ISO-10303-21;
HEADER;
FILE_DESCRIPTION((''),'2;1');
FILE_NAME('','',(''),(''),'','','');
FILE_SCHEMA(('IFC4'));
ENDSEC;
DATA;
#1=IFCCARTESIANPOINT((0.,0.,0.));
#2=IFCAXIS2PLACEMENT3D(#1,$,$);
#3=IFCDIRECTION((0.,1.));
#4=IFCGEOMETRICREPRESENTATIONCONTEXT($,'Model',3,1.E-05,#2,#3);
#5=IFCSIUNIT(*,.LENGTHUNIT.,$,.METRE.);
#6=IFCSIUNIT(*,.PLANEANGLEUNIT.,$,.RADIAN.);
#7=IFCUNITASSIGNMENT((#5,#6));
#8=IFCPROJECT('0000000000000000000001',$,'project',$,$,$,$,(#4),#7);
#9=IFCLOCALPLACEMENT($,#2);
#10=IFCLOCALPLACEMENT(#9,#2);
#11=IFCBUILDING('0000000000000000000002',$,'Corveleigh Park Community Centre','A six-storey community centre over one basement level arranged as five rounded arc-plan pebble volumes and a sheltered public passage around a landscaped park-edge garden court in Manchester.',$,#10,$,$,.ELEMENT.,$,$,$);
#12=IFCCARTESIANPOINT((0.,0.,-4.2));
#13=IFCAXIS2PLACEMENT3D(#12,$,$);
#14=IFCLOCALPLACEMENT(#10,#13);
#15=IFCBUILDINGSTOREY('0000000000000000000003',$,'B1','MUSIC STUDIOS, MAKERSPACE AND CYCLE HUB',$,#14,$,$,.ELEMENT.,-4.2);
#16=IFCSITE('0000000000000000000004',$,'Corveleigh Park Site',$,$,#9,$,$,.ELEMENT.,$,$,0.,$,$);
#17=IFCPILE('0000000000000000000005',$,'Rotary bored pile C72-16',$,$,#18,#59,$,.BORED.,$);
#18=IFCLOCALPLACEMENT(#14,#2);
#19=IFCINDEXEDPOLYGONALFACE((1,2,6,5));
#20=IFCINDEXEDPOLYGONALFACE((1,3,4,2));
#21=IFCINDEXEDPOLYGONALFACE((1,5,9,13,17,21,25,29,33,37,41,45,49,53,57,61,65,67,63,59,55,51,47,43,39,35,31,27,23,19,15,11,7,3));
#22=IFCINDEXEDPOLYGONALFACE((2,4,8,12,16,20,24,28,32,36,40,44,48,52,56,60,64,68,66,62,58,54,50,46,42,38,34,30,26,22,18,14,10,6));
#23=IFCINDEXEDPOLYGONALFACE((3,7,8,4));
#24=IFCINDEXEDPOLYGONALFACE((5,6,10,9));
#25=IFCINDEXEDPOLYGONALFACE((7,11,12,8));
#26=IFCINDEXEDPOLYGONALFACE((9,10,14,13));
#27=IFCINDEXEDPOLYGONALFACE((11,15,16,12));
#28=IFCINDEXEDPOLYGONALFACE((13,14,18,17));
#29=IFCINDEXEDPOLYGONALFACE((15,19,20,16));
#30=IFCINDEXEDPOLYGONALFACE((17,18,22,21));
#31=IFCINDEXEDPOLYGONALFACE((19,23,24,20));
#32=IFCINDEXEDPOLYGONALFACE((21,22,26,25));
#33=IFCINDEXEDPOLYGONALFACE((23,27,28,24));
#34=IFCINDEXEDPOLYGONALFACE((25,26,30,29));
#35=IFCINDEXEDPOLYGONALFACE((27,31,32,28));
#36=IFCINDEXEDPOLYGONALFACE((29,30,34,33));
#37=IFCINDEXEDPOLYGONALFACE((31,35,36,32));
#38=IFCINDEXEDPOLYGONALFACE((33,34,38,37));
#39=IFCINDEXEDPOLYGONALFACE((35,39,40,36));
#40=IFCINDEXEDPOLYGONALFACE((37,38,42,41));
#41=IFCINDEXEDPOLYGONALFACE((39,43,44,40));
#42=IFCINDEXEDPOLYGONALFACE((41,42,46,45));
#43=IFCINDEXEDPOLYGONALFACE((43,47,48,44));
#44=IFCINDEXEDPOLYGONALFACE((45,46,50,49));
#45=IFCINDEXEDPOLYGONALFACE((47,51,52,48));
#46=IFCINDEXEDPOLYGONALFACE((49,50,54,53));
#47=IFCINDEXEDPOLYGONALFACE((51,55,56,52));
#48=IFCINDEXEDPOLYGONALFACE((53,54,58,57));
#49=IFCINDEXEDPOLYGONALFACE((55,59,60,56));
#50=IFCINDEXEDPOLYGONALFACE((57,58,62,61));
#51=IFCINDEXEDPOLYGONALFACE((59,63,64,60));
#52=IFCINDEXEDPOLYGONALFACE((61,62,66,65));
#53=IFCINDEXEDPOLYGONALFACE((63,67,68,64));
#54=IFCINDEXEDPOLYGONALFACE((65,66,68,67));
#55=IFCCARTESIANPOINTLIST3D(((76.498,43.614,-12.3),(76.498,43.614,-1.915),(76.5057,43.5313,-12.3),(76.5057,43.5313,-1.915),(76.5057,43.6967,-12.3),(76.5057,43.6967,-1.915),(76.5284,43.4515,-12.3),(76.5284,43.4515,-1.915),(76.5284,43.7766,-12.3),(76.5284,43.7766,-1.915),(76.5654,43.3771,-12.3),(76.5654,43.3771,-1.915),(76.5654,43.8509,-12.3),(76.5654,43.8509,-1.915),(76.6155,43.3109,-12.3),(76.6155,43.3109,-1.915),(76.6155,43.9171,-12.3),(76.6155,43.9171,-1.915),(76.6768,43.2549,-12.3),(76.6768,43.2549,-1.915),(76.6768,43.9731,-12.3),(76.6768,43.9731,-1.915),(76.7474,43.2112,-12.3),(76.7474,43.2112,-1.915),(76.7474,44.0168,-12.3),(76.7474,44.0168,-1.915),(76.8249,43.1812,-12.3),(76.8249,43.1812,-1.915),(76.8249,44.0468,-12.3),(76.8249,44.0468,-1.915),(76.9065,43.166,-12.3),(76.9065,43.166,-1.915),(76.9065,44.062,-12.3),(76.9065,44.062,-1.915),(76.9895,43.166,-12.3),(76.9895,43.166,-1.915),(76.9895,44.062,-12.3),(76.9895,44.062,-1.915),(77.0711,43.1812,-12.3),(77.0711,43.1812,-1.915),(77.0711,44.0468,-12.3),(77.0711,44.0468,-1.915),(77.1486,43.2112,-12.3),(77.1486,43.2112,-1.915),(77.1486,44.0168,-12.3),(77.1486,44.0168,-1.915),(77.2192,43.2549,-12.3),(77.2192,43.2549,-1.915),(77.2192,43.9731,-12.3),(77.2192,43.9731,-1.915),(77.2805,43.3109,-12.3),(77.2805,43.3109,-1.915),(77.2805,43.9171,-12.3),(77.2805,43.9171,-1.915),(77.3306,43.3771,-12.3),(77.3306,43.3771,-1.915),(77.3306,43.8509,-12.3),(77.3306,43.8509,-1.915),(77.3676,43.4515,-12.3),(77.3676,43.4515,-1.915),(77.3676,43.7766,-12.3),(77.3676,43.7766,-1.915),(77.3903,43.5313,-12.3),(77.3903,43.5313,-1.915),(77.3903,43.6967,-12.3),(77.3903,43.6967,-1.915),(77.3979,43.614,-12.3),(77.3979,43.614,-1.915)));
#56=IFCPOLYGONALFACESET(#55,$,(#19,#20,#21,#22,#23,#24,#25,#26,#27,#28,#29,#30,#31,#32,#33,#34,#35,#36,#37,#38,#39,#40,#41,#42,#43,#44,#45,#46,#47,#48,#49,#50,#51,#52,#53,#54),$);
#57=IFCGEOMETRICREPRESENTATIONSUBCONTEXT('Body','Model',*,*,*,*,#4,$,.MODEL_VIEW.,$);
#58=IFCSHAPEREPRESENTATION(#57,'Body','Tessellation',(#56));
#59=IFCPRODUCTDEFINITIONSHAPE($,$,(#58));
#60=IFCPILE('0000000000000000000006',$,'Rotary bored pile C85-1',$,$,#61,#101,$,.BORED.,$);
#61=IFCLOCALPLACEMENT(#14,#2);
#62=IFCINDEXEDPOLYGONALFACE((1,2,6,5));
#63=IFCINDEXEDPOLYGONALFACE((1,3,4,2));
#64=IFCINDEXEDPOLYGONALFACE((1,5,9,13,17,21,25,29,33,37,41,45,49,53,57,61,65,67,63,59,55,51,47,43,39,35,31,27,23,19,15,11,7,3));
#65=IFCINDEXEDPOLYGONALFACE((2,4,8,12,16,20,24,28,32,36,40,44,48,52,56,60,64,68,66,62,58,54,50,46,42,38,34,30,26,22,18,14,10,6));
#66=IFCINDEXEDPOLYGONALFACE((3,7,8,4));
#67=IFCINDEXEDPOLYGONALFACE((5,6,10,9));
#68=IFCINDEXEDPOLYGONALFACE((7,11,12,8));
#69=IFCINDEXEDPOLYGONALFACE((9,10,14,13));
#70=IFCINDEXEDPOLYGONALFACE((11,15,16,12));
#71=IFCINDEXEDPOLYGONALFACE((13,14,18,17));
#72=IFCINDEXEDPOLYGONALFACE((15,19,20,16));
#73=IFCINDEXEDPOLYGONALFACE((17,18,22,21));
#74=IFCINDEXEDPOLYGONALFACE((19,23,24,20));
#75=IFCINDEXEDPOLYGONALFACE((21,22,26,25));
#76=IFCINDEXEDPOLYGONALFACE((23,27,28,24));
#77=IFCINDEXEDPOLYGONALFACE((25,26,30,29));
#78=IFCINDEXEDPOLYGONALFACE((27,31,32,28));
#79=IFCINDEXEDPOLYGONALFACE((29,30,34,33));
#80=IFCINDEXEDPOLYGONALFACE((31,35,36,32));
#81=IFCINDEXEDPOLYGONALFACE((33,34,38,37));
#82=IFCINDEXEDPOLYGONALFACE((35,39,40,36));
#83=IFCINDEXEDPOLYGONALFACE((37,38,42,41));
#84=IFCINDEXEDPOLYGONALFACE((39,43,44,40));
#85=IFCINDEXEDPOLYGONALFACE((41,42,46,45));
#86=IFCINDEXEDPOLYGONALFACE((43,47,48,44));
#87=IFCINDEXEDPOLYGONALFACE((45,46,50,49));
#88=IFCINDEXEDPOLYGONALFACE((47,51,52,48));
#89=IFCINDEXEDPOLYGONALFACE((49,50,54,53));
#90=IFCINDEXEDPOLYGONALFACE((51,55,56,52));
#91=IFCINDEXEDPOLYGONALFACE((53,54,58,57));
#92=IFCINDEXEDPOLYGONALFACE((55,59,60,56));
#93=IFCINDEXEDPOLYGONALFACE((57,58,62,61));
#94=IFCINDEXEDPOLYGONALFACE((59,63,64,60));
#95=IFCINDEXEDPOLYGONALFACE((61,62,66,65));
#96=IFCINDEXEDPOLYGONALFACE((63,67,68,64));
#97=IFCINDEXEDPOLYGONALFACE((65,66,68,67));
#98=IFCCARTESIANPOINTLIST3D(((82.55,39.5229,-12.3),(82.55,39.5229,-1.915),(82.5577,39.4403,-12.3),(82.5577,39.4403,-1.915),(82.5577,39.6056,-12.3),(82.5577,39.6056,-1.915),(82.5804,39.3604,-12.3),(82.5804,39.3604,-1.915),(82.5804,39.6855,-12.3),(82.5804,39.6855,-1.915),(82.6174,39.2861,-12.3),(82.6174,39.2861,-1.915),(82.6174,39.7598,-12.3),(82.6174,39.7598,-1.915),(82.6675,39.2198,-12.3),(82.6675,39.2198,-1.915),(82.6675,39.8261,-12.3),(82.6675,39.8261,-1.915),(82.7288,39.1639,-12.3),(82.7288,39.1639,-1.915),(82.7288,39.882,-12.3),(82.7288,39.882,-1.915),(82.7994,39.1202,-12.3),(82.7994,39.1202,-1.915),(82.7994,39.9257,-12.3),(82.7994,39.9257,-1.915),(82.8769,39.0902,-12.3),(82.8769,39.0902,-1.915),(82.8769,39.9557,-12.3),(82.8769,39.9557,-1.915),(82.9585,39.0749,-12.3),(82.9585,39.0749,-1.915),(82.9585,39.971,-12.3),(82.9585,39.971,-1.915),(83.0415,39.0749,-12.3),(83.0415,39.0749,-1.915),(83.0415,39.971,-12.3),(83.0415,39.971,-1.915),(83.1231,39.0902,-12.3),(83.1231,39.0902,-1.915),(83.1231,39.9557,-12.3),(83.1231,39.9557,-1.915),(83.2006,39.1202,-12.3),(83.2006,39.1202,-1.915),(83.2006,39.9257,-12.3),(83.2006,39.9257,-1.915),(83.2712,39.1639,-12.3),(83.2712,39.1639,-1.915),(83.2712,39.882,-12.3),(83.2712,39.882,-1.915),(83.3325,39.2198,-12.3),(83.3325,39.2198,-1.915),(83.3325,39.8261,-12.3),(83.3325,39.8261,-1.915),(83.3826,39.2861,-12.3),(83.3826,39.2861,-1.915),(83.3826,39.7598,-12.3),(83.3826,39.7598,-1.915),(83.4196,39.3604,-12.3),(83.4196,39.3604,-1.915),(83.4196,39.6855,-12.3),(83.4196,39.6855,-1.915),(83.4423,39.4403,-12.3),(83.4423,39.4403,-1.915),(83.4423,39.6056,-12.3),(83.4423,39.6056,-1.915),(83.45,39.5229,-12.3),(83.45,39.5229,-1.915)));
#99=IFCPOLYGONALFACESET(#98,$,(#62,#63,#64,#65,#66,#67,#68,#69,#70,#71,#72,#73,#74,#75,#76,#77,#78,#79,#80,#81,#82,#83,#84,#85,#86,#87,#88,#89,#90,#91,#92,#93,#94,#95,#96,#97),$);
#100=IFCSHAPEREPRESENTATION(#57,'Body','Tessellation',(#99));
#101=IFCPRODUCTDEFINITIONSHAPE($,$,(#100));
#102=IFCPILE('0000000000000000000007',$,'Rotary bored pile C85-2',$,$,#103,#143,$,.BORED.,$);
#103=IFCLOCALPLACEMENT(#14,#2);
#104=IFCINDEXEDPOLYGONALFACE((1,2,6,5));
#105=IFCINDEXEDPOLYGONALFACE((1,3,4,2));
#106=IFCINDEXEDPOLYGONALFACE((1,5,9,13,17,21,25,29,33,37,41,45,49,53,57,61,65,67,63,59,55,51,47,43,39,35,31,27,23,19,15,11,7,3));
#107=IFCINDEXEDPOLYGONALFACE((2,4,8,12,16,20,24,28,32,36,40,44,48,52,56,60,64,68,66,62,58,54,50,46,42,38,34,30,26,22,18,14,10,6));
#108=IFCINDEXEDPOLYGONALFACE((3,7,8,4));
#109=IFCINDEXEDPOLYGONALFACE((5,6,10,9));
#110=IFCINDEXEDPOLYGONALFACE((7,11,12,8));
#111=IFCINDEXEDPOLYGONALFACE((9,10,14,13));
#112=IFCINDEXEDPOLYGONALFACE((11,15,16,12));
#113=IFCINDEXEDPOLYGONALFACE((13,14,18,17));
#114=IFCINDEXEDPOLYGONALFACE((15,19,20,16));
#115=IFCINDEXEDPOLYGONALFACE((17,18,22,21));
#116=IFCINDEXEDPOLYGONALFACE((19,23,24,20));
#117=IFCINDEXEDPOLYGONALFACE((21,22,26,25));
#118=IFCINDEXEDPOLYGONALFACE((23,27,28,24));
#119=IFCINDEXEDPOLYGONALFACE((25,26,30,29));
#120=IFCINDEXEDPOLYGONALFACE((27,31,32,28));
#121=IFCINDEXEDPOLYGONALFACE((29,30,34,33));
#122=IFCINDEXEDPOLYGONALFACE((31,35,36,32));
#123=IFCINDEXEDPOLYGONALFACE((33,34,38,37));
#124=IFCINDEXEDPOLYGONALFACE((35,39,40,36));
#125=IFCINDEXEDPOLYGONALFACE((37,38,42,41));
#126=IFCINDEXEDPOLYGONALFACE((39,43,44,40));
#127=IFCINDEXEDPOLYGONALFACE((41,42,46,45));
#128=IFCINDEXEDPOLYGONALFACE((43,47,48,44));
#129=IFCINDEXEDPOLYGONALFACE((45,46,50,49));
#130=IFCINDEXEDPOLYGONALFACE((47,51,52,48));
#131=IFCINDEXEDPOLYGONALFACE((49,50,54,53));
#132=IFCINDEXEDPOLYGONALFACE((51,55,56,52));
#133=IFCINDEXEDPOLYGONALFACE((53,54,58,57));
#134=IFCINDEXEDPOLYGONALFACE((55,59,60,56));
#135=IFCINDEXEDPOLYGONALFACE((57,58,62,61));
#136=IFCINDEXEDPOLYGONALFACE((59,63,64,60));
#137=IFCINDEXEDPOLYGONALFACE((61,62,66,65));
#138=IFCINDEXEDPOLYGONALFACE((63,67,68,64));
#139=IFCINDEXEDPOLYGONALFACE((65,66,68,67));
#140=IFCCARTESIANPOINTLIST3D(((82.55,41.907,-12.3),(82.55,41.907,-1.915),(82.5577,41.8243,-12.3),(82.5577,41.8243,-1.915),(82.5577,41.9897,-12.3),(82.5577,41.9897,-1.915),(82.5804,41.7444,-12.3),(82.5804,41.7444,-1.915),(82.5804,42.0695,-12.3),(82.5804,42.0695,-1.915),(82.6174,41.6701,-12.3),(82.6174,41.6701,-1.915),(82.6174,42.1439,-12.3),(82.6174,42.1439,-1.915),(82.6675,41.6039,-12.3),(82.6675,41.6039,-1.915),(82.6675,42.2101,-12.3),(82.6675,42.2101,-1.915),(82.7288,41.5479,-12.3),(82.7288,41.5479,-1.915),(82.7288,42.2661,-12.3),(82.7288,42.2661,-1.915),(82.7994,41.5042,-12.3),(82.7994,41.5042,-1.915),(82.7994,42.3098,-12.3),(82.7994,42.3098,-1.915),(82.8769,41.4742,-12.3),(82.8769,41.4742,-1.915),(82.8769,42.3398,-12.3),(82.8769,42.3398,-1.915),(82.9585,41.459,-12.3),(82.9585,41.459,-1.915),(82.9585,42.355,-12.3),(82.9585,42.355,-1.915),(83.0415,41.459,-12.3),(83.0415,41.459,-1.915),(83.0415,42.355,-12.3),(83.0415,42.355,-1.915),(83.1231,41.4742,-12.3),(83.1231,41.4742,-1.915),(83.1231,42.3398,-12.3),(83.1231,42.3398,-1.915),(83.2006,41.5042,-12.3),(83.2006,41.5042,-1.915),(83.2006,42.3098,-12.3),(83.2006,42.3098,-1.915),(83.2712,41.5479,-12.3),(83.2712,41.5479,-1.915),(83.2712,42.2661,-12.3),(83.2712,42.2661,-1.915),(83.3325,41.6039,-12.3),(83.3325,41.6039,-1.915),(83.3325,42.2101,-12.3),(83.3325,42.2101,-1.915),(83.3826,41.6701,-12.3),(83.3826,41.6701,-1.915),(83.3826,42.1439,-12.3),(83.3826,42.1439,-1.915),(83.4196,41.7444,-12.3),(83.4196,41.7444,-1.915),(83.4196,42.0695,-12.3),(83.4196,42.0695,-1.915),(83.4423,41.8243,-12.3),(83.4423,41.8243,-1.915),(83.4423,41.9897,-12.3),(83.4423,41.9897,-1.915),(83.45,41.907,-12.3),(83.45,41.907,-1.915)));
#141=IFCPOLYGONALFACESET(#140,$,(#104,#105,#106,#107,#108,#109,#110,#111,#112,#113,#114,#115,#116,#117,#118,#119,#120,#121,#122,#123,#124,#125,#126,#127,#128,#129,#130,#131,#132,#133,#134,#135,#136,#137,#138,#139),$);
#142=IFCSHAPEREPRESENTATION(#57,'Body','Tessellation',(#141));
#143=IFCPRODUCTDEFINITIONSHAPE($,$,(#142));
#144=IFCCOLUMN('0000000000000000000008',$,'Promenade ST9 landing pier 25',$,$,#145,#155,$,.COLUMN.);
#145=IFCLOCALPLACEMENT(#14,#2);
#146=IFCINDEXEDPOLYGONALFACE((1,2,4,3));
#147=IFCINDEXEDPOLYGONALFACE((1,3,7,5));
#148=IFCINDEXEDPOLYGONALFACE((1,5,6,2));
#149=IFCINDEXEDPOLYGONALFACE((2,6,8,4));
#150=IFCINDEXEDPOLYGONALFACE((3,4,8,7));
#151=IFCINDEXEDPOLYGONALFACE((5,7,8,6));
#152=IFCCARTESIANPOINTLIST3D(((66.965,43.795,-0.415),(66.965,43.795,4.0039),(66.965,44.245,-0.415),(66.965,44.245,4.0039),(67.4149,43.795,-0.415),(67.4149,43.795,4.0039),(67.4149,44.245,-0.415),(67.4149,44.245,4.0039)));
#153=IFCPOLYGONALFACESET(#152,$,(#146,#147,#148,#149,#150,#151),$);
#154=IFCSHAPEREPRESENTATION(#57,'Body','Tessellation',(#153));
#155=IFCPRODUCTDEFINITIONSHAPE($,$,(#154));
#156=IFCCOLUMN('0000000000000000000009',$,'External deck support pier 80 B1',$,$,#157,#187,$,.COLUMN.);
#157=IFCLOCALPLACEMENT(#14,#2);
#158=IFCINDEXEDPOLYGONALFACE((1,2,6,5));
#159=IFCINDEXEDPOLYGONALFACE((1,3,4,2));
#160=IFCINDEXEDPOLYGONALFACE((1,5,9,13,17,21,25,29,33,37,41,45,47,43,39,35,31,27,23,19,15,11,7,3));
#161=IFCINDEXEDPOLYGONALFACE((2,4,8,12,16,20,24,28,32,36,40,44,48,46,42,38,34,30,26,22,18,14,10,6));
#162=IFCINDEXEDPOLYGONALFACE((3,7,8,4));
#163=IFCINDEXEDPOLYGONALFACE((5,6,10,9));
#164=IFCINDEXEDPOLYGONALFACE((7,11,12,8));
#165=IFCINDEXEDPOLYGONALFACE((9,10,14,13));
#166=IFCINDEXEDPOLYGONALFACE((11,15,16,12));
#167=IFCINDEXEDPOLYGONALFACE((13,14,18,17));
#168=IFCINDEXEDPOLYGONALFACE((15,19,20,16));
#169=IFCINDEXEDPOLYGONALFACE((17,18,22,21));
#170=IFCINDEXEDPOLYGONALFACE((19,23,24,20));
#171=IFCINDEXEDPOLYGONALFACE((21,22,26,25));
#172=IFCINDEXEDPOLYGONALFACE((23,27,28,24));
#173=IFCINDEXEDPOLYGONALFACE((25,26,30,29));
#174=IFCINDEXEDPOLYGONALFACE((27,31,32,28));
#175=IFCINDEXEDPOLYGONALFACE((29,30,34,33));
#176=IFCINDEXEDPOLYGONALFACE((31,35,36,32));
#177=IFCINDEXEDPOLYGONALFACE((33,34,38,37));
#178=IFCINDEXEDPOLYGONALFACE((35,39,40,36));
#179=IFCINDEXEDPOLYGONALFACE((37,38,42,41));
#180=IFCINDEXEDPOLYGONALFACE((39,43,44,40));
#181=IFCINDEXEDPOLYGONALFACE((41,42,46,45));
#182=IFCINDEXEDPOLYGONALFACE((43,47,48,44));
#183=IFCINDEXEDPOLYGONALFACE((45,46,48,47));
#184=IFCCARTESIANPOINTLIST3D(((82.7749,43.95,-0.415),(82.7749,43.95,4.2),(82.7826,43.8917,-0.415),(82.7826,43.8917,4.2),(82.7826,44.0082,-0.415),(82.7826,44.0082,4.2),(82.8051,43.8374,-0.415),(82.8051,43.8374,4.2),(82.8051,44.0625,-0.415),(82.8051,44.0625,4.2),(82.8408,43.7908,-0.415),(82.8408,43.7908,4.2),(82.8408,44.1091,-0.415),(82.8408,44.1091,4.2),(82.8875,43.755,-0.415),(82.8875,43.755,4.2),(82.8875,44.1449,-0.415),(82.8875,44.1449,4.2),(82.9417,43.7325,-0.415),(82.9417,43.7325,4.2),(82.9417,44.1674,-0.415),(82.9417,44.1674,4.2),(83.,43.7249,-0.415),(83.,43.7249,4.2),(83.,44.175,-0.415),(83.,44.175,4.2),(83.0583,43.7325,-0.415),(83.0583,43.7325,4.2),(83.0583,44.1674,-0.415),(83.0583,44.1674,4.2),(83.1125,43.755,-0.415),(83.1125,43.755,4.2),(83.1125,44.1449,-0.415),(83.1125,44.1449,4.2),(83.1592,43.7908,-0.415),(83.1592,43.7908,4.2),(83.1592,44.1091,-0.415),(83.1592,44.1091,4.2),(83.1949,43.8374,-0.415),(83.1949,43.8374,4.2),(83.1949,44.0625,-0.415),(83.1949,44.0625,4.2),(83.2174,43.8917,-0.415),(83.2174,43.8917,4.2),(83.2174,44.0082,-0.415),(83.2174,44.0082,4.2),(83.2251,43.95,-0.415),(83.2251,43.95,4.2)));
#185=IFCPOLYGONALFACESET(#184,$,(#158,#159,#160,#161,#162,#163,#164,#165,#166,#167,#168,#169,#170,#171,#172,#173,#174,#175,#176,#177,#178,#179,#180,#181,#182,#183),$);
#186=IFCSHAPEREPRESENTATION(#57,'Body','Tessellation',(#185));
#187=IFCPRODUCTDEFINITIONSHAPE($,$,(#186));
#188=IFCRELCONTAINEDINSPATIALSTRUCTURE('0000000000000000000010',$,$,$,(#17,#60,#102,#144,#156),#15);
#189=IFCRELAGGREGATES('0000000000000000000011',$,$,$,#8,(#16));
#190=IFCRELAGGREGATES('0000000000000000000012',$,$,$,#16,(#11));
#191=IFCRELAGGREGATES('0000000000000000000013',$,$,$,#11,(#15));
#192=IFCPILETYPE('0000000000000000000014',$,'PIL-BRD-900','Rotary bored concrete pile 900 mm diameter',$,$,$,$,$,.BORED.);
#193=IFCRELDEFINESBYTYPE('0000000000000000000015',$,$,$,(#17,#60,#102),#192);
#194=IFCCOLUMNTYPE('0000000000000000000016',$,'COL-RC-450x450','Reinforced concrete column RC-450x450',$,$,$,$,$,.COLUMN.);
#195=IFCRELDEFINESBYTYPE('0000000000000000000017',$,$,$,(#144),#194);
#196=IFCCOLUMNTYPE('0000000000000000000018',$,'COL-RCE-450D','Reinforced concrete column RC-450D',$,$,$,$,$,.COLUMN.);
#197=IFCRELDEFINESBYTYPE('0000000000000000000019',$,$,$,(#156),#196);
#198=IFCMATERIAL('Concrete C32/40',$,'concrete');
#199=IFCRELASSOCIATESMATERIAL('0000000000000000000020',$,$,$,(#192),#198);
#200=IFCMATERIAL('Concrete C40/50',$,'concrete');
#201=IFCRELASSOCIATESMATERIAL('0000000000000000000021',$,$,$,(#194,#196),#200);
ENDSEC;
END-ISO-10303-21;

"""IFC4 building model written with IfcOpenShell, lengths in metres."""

from ifc_helpers import new_model, si_unit, direction, frame, origin, origin_2d, place, context, subcontext, project, spatial, rectangle, circle, extrude, material, material_profile, profile_set, type_object, element, save


model = new_model("IFC4")

# Units and contexts
model_context = context("Model", 3, precision=1e-05, world=origin(), true_north=direction((0.0, 1.0)))
body_context = subcontext(model_context, "Body", "Model", "MODEL_VIEW")
ifc_project = project(units=[si_unit("LENGTHUNIT", "METRE"), si_unit("PLANEANGLEUNIT", "RADIAN")], contexts=[model_context])

# Site, building, storey
site_placement = place(None, origin())
site = spatial("IfcSite", under=ifc_project, at=site_placement, Name="Corveleigh Park Site", CompositionType="ELEMENT", RefElevation=0.0)
building_placement = place(site_placement, origin())
building = spatial("IfcBuilding", under=site, at=building_placement, Name="Corveleigh Park Community Centre", Description="A six-storey community centre over one basement level arranged as five rounded arc-plan pebble volumes and a sheltered public passage around a landscaped park-edge garden court in Manchester.", CompositionType="ELEMENT")
storey_placement = place(building_placement, frame((0.0, 0.0, -4.2)))
storey = spatial("IfcBuildingStorey", under=building, at=storey_placement, Name="B1", Description="MUSIC STUDIOS, MAKERSPACE AND CYCLE HUB", CompositionType="ELEMENT", Elevation=-4.2)

# Shared definitions
ifc_material_1 = material(Name="Concrete C40/50", Category="concrete")

# Piles
ifc_material_2 = material(Name="Concrete C32/40", Category="concrete")
ifc_material_profile_1 = material_profile(ifc_material_2, circle(Radius=0.45, at=origin_2d()), Name="BORED-PILE-900", Category="concrete")
ifc_profile_set_1 = profile_set([ifc_material_profile_1], Name="Concrete C32/40")
pile_type = type_object("IfcPileType", Name="PIL-BRD-900", Description="Rotary bored concrete pile 900 mm diameter", PredefinedType="BORED", material=ifc_profile_set_1)
for number, where, z_axis, x_axis, name in (
    (1, (76.948, 43.614, -1.915), (0.0, 0.0, -1.0), (1.0, 0.0, 0.0), "Rotary bored pile C72-16"),
    (2, (83.0, 39.5229, -1.915), (0.0, 0.0, -1.0), (1.0, 0.0, 0.0), "Rotary bored pile C85-1"),
    (3, (83.0, 41.907, -1.915), (0.0, 0.0, -1.0), (1.0, 0.0, 0.0), "Rotary bored pile C85-2"),
):
    element("IfcPile", number, at=place(storey_placement, frame(where, z_axis=z_axis, x_axis=x_axis)), inside=storey, type_object=pile_type, Name=name, PredefinedType="BORED", context=body_context, shape_type="SweptSolid", body=[
        extrude(circle(Radius=0.45, at=origin_2d()), origin(), (0.0, 0.0, 1.0), 10.385),
    ])

# Columns
ifc_material_profile_2 = material_profile(ifc_material_1, rectangle(XDim=0.45, YDim=0.45, at=origin_2d()), Name="RC-450x450", Category="concrete")
ifc_profile_set_2 = profile_set([ifc_material_profile_2], Name="Concrete C40/50")
column_type_1 = type_object("IfcColumnType", Name="COL-RC-450x450", Description="Reinforced concrete column RC-450x450", PredefinedType="COLUMN", material=ifc_profile_set_2)
column_placement = place(storey_placement, frame((67.1899, 44.02, -0.415), z_axis=(0.0, 0.0, 1.0), x_axis=(1.0, 0.0, 0.0)))
element("IfcColumn", 4, at=column_placement, inside=storey, type_object=column_type_1, Name="Promenade ST9 landing pier 25", PredefinedType="COLUMN", context=body_context, shape_type="SweptSolid", body=[
    extrude(rectangle(XDim=0.45, YDim=0.45, at=origin_2d()), origin(), (0.0, 0.0, 1.0), 4.4189),
])
ifc_material_profile_3 = material_profile(ifc_material_1, circle(Radius=0.2251, at=origin_2d()), Name="RC-450D", Category="concrete")
ifc_profile_set_3 = profile_set([ifc_material_profile_3], Name="Concrete C40/50")
column_type_2 = type_object("IfcColumnType", Name="COL-RCE-450D", Description="Reinforced concrete column RC-450D", PredefinedType="COLUMN", material=ifc_profile_set_3)
for number, where, z_axis, x_axis, name in (
    (5, (83.0, 43.95, -0.415), (0.0, 0.0, 1.0), (1.0, 0.0, 0.0), "External deck support pier 80 B1"),
):
    element("IfcColumn", number, at=place(storey_placement, frame(where, z_axis=z_axis, x_axis=x_axis)), inside=storey, type_object=column_type_2, Name=name, PredefinedType="COLUMN", context=body_context, shape_type="SweptSolid", body=[
        extrude(circle(Radius=0.2251, at=origin_2d()), origin(), (0.0, 0.0, 1.0), 4.615),
    ])

save(model, "model.ifc")
